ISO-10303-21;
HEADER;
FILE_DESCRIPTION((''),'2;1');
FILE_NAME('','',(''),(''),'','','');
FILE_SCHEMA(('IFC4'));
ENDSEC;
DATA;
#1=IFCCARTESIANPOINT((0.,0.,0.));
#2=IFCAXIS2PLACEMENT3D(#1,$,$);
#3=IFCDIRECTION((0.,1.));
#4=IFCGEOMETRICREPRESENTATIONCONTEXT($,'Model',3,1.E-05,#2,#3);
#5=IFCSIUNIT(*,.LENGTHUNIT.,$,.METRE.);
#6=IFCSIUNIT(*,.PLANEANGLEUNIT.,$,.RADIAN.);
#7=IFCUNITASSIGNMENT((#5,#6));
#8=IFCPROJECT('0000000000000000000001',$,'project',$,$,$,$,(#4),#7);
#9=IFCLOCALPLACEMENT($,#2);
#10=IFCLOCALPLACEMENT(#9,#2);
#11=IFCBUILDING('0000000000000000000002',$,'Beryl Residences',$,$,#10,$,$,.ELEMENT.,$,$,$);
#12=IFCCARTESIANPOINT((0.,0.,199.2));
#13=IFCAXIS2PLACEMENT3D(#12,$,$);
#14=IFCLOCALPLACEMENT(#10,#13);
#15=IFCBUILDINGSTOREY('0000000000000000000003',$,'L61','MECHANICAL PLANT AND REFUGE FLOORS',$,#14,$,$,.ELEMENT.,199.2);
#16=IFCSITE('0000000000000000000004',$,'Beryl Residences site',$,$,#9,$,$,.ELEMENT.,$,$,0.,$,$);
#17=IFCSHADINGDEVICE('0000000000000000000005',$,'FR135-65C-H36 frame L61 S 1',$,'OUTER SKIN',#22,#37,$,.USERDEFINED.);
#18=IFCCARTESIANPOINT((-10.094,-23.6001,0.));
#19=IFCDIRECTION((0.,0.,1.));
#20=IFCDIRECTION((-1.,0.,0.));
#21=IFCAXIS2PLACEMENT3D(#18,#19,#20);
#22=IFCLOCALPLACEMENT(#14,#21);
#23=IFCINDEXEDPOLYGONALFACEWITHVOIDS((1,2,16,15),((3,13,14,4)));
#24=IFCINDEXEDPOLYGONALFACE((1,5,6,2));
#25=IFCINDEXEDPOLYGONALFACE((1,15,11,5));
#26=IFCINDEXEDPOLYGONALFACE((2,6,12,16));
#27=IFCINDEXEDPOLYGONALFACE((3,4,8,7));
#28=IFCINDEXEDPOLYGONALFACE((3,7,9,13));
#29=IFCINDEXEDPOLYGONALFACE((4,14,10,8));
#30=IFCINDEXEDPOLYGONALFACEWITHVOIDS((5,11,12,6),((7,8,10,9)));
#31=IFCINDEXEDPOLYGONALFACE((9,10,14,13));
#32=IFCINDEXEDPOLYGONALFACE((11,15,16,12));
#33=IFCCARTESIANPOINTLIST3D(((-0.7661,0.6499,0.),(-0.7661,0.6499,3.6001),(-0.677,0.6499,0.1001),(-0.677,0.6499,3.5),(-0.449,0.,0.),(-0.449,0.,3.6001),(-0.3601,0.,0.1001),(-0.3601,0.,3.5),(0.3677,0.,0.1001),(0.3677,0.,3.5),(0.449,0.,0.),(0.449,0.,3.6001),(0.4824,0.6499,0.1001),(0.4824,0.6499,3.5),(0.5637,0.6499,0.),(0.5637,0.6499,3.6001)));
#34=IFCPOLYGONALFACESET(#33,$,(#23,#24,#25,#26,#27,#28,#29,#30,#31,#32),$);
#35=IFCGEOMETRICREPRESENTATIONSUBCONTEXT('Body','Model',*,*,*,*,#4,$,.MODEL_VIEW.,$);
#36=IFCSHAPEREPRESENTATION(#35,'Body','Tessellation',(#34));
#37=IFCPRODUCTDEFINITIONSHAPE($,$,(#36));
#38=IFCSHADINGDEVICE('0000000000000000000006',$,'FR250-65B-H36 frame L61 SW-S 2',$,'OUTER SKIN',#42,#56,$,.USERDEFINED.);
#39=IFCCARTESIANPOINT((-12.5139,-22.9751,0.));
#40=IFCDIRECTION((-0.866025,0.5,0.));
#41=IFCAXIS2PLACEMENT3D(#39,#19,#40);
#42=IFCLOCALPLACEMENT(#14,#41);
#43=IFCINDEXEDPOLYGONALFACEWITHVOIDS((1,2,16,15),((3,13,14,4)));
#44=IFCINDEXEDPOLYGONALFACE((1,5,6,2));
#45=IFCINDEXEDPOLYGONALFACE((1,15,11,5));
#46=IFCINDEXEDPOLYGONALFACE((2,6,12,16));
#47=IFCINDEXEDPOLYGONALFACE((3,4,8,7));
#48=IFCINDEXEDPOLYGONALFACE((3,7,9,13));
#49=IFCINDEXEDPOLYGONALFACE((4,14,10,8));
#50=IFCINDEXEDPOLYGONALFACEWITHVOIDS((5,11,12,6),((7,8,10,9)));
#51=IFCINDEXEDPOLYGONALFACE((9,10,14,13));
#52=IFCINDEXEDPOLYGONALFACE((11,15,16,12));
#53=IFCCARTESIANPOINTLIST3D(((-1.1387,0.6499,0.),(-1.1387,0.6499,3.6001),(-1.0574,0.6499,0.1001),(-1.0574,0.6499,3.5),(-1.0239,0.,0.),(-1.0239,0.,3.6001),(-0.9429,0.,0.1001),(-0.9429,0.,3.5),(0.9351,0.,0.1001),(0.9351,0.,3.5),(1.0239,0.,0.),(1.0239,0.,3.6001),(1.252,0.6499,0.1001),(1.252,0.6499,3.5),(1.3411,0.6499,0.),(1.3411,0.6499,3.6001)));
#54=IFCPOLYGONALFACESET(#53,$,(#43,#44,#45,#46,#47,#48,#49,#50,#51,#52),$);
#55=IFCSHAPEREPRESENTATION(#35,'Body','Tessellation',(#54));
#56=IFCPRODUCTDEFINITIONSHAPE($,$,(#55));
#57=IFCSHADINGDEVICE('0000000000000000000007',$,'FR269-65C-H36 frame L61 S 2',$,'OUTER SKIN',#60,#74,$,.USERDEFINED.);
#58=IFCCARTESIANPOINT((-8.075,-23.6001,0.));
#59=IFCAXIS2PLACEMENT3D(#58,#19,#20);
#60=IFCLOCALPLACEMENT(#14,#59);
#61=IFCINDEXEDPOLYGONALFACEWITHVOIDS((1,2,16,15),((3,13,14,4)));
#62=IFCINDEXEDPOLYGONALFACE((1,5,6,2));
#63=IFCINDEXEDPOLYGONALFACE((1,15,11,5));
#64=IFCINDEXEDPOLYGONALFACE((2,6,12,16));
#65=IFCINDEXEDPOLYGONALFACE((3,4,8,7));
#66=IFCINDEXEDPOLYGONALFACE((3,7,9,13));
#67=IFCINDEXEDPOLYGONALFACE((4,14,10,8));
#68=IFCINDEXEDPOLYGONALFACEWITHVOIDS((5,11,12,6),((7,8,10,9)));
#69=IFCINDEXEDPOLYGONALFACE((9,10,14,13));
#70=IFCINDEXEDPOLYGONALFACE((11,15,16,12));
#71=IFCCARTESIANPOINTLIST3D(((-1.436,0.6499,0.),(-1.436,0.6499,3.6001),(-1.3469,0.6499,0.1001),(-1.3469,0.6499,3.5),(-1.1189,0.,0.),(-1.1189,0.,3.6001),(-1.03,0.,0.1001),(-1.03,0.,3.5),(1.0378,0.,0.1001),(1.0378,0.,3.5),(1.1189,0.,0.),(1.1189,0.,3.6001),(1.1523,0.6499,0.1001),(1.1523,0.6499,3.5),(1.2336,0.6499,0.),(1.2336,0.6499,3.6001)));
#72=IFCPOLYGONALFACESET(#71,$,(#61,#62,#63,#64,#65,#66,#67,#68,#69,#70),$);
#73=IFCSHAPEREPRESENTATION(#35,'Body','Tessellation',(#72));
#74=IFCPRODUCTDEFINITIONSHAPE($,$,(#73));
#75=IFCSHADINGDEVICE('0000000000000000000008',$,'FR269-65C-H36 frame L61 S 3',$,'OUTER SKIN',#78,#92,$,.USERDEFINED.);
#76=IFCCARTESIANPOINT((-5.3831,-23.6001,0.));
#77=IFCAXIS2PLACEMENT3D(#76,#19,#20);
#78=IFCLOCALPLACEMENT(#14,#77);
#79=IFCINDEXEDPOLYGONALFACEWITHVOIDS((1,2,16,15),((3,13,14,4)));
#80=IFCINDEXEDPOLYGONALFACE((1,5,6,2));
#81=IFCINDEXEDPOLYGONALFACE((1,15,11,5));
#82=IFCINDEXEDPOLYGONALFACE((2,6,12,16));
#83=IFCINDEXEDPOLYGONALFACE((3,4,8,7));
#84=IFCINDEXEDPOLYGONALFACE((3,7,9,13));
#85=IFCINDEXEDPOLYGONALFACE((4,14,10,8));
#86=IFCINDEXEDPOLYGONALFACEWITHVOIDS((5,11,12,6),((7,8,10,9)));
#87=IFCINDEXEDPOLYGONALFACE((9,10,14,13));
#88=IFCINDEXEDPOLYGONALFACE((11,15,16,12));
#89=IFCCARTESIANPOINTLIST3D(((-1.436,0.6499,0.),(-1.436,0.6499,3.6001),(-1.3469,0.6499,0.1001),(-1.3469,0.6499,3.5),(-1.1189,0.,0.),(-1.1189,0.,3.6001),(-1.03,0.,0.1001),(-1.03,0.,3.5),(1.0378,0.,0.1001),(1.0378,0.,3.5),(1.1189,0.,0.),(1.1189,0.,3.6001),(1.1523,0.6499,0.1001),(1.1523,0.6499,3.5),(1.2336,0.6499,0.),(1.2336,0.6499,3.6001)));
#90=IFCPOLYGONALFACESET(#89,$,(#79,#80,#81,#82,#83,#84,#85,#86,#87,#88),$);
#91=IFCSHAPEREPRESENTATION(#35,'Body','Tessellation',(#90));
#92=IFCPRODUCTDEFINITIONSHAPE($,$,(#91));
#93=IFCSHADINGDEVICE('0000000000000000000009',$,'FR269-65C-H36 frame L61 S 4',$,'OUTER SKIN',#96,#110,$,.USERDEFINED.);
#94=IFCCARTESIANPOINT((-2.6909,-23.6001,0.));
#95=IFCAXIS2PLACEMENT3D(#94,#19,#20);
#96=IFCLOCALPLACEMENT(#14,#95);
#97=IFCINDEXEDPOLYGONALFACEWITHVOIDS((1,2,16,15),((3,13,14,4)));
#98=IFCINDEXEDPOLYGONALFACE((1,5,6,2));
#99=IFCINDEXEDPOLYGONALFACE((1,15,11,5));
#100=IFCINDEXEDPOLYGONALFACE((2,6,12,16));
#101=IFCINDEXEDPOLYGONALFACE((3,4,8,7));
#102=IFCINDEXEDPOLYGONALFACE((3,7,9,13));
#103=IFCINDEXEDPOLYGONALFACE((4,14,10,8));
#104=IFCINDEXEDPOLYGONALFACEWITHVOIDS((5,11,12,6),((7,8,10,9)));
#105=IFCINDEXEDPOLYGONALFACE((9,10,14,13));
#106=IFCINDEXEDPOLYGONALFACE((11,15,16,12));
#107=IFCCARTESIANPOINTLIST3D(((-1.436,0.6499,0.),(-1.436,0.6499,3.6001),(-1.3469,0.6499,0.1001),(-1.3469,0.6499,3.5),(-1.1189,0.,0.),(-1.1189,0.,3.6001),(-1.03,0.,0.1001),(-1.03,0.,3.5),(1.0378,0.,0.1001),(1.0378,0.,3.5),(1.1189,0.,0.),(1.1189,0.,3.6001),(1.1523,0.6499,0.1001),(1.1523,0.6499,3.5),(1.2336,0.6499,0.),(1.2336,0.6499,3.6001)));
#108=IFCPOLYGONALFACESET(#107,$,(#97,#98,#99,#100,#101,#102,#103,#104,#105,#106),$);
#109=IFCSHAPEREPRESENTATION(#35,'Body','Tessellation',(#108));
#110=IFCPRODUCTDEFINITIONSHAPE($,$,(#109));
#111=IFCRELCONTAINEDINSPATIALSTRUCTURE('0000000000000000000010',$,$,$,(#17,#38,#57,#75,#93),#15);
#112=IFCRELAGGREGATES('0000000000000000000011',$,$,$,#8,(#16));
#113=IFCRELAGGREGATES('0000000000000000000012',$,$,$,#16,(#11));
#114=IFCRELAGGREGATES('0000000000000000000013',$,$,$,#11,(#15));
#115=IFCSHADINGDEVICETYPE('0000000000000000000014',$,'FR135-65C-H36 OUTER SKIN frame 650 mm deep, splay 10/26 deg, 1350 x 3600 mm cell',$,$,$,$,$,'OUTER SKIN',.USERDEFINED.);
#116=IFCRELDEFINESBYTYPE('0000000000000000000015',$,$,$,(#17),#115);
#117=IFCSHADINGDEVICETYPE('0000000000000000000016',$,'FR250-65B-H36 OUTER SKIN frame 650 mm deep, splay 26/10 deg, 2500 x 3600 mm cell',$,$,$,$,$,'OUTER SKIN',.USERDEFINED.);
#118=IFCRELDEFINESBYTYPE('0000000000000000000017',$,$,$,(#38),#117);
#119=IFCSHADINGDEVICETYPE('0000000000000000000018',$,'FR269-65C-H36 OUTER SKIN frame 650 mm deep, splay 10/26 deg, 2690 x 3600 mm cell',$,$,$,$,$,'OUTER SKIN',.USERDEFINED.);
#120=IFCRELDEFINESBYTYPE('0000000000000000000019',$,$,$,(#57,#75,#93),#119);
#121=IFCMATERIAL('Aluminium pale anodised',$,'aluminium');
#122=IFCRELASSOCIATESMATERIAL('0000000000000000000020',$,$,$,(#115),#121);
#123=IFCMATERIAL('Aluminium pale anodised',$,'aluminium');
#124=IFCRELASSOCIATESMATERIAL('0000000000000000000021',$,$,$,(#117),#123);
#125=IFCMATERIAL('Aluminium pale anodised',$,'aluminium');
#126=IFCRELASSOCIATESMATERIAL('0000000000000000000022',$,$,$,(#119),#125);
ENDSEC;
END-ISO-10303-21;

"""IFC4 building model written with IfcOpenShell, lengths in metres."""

from ifc_helpers import new_model, entity, si_unit, direction, frame, origin, place, context, subcontext, project, spatial, source, transform, mapped, material, type_object, type_shapes, element, save


model = new_model("IFC4")

# Units and contexts
model_context = context("Model", 3, precision=1e-05, world=origin(), true_north=direction((0.0, 1.0)))
body_context = subcontext(model_context, "Body", "Model", "MODEL_VIEW")
ifc_project = project(units=[si_unit("LENGTHUNIT", "METRE"), si_unit("PLANEANGLEUNIT", "RADIAN")], contexts=[model_context])

# Site, building, storey
site_placement = place(None, origin())
site = spatial("IfcSite", under=ifc_project, at=site_placement, Name="Beryl Residences site", CompositionType="ELEMENT", RefElevation=0.0)
building_placement = place(site_placement, origin())
building = spatial("IfcBuilding", under=site, at=building_placement, Name="Beryl Residences", CompositionType="ELEMENT")
storey_placement = place(building_placement, frame((0.0, 0.0, 199.2)))
storey = spatial("IfcBuildingStorey", under=building, at=storey_placement, Name="L61", Description="MECHANICAL PLANT AND REFUGE FLOORS", CompositionType="ELEMENT", Elevation=199.2)

# Shading devices
ifc_material_1 = material(Name="Aluminium pale anodised", Category="aluminium")
shading_device_type_1 = type_object("IfcShadingDeviceType", Name="FR135-65C-H36 OUTER SKIN frame 650 mm deep, splay 10/26 deg, 1350 x 3600 mm cell", ElementType="OUTER SKIN", PredefinedType="USERDEFINED", material=ifc_material_1)
cartesian_point_1 = entity("IfcCartesianPoint", [-0.449, 0.0])
cartesian_point_2 = entity("IfcCartesianPoint", [-0.3677, 0.1001])
cartesian_point_3 = entity("IfcCartesianPoint", [-0.5637, 0.0])
cartesian_point_4 = entity("IfcCartesianPoint", [-0.4824, 0.1001])
shared_shape_1 = source(origin(), body_context, "Body", "SweptSolid", [
    entity("IfcExtrudedAreaSolidTapered", entity("IfcArbitraryProfileDefWithVoids", "AREA", None, entity("IfcPolyline", [cartesian_point_1, entity("IfcCartesianPoint", [0.449, 0.0]), entity("IfcCartesianPoint", [0.449, 3.6001]), entity("IfcCartesianPoint", [-0.449, 3.6001]), cartesian_point_1]), [entity("IfcPolyline", [cartesian_point_2, entity("IfcCartesianPoint", [0.3601, 0.1001]), entity("IfcCartesianPoint", [0.3601, 3.5]), entity("IfcCartesianPoint", [-0.3677, 3.5]), cartesian_point_2])]), entity("IfcAxis2Placement3D", entity("IfcCartesianPoint", [0.0, 0.0, 0.0]), entity("IfcDirection", [0.0, 1.0, 0.0]), entity("IfcDirection", [-1.0, 0.0, 0.0])), entity("IfcDirection", [0.0, 0.0, 1.0]), 0.6499, entity("IfcArbitraryProfileDefWithVoids", "AREA", None, entity("IfcPolyline", [cartesian_point_3, entity("IfcCartesianPoint", [0.7661, 0.0]), entity("IfcCartesianPoint", [0.7661, 3.6001]), entity("IfcCartesianPoint", [-0.5637, 3.6001]), cartesian_point_3]), [entity("IfcPolyline", [cartesian_point_4, entity("IfcCartesianPoint", [0.677, 0.1001]), entity("IfcCartesianPoint", [0.677, 3.5]), entity("IfcCartesianPoint", [-0.4824, 3.5]), cartesian_point_4])])),
])
type_shapes(shading_device_type_1, [shared_shape_1])
shading_device_1_placement = place(storey_placement, frame((-10.094, -23.6001, 0.0), z_axis=(0.0, 0.0, 1.0), x_axis=(-1.0, 0.0, 0.0)))
element("IfcShadingDevice", 1, at=shading_device_1_placement, inside=storey, type_object=shading_device_type_1, Name="FR135-65C-H36 frame L61 S 1", ObjectType="OUTER SKIN", PredefinedType="USERDEFINED", context=body_context, shape_type="MappedRepresentation", body=[
    mapped(shared_shape_1, transform((0.0, 0.0, 0.0))),
])
ifc_material_2 = material(Name="Aluminium pale anodised", Category="aluminium")
shading_device_type_2 = type_object("IfcShadingDeviceType", Name="FR250-65B-H36 OUTER SKIN frame 650 mm deep, splay 26/10 deg, 2500 x 3600 mm cell", ElementType="OUTER SKIN", PredefinedType="USERDEFINED", material=ifc_material_2)
cartesian_point_5 = entity("IfcCartesianPoint", [-1.0239, 0.0])
cartesian_point_6 = entity("IfcCartesianPoint", [-0.9351, 0.1001])
cartesian_point_7 = entity("IfcCartesianPoint", [-1.3411, 0.0])
cartesian_point_8 = entity("IfcCartesianPoint", [-1.252, 0.1001])
shared_shape_2 = source(origin(), body_context, "Body", "SweptSolid", [
    entity("IfcExtrudedAreaSolidTapered", entity("IfcArbitraryProfileDefWithVoids", "AREA", None, entity("IfcPolyline", [cartesian_point_5, entity("IfcCartesianPoint", [1.0239, 0.0]), entity("IfcCartesianPoint", [1.0239, 3.6001]), entity("IfcCartesianPoint", [-1.0239, 3.6001]), cartesian_point_5]), [entity("IfcPolyline", [cartesian_point_6, entity("IfcCartesianPoint", [0.9429, 0.1001]), entity("IfcCartesianPoint", [0.9429, 3.5]), entity("IfcCartesianPoint", [-0.9351, 3.5]), cartesian_point_6])]), entity("IfcAxis2Placement3D", entity("IfcCartesianPoint", [0.0, 0.0, 0.0]), entity("IfcDirection", [0.0, 1.0, 0.0]), entity("IfcDirection", [-1.0, 0.0, 0.0])), entity("IfcDirection", [0.0, 0.0, 1.0]), 0.6499, entity("IfcArbitraryProfileDefWithVoids", "AREA", None, entity("IfcPolyline", [cartesian_point_7, entity("IfcCartesianPoint", [1.1387, 0.0]), entity("IfcCartesianPoint", [1.1387, 3.6001]), entity("IfcCartesianPoint", [-1.3411, 3.6001]), cartesian_point_7]), [entity("IfcPolyline", [cartesian_point_8, entity("IfcCartesianPoint", [1.0574, 0.1001]), entity("IfcCartesianPoint", [1.0574, 3.5]), entity("IfcCartesianPoint", [-1.252, 3.5]), cartesian_point_8])])),
])
type_shapes(shading_device_type_2, [shared_shape_2])
shading_device_2_placement = place(storey_placement, frame((-12.5139, -22.9751, 0.0), z_axis=(0.0, 0.0, 1.0), x_axis=(-0.866025, 0.5, 0.0)))
element("IfcShadingDevice", 2, at=shading_device_2_placement, inside=storey, type_object=shading_device_type_2, Name="FR250-65B-H36 frame L61 SW-S 2", ObjectType="OUTER SKIN", PredefinedType="USERDEFINED", context=body_context, shape_type="MappedRepresentation", body=[
    mapped(shared_shape_2, transform((0.0, 0.0, 0.0))),
])
ifc_material_3 = material(Name="Aluminium pale anodised", Category="aluminium")
shading_device_type_3 = type_object("IfcShadingDeviceType", Name="FR269-65C-H36 OUTER SKIN frame 650 mm deep, splay 10/26 deg, 2690 x 3600 mm cell", ElementType="OUTER SKIN", PredefinedType="USERDEFINED", material=ifc_material_3)
cartesian_point_9 = entity("IfcCartesianPoint", [-1.1189, 0.0])
cartesian_point_10 = entity("IfcCartesianPoint", [-1.0378, 0.1001])
cartesian_point_11 = entity("IfcCartesianPoint", [-1.2336, 0.0])
cartesian_point_12 = entity("IfcCartesianPoint", [-1.1523, 0.1001])
shared_shape_3 = source(origin(), body_context, "Body", "SweptSolid", [
    entity("IfcExtrudedAreaSolidTapered", entity("IfcArbitraryProfileDefWithVoids", "AREA", None, entity("IfcPolyline", [cartesian_point_9, entity("IfcCartesianPoint", [1.1189, 0.0]), entity("IfcCartesianPoint", [1.1189, 3.6001]), entity("IfcCartesianPoint", [-1.1189, 3.6001]), cartesian_point_9]), [entity("IfcPolyline", [cartesian_point_10, entity("IfcCartesianPoint", [1.03, 0.1001]), entity("IfcCartesianPoint", [1.03, 3.5]), entity("IfcCartesianPoint", [-1.0378, 3.5]), cartesian_point_10])]), entity("IfcAxis2Placement3D", entity("IfcCartesianPoint", [0.0, 0.0, 0.0]), entity("IfcDirection", [0.0, 1.0, 0.0]), entity("IfcDirection", [-1.0, 0.0, 0.0])), entity("IfcDirection", [0.0, 0.0, 1.0]), 0.6499, entity("IfcArbitraryProfileDefWithVoids", "AREA", None, entity("IfcPolyline", [cartesian_point_11, entity("IfcCartesianPoint", [1.436, 0.0]), entity("IfcCartesianPoint", [1.436, 3.6001]), entity("IfcCartesianPoint", [-1.2336, 3.6001]), cartesian_point_11]), [entity("IfcPolyline", [cartesian_point_12, entity("IfcCartesianPoint", [1.3469, 0.1001]), entity("IfcCartesianPoint", [1.3469, 3.5]), entity("IfcCartesianPoint", [-1.1523, 3.5]), cartesian_point_12])])),
])
type_shapes(shading_device_type_3, [shared_shape_3])
for number, where, z_axis, x_axis, name in (
    (3, (-8.075, -23.6001, 0.0), (0.0, 0.0, 1.0), (-1.0, 0.0, 0.0), "FR269-65C-H36 frame L61 S 2"),
    (4, (-5.3831, -23.6001, 0.0), (0.0, 0.0, 1.0), (-1.0, 0.0, 0.0), "FR269-65C-H36 frame L61 S 3"),
    (5, (-2.6909, -23.6001, 0.0), (0.0, 0.0, 1.0), (-1.0, 0.0, 0.0), "FR269-65C-H36 frame L61 S 4"),
):
    element("IfcShadingDevice", number, at=place(storey_placement, frame(where, z_axis=z_axis, x_axis=x_axis)), inside=storey, type_object=shading_device_type_3, Name=name, ObjectType="OUTER SKIN", PredefinedType="USERDEFINED", context=body_context, shape_type="MappedRepresentation", body=[
        mapped(shared_shape_3, transform((0.0, 0.0, 0.0))),
    ])

save(model, "model.ifc")
